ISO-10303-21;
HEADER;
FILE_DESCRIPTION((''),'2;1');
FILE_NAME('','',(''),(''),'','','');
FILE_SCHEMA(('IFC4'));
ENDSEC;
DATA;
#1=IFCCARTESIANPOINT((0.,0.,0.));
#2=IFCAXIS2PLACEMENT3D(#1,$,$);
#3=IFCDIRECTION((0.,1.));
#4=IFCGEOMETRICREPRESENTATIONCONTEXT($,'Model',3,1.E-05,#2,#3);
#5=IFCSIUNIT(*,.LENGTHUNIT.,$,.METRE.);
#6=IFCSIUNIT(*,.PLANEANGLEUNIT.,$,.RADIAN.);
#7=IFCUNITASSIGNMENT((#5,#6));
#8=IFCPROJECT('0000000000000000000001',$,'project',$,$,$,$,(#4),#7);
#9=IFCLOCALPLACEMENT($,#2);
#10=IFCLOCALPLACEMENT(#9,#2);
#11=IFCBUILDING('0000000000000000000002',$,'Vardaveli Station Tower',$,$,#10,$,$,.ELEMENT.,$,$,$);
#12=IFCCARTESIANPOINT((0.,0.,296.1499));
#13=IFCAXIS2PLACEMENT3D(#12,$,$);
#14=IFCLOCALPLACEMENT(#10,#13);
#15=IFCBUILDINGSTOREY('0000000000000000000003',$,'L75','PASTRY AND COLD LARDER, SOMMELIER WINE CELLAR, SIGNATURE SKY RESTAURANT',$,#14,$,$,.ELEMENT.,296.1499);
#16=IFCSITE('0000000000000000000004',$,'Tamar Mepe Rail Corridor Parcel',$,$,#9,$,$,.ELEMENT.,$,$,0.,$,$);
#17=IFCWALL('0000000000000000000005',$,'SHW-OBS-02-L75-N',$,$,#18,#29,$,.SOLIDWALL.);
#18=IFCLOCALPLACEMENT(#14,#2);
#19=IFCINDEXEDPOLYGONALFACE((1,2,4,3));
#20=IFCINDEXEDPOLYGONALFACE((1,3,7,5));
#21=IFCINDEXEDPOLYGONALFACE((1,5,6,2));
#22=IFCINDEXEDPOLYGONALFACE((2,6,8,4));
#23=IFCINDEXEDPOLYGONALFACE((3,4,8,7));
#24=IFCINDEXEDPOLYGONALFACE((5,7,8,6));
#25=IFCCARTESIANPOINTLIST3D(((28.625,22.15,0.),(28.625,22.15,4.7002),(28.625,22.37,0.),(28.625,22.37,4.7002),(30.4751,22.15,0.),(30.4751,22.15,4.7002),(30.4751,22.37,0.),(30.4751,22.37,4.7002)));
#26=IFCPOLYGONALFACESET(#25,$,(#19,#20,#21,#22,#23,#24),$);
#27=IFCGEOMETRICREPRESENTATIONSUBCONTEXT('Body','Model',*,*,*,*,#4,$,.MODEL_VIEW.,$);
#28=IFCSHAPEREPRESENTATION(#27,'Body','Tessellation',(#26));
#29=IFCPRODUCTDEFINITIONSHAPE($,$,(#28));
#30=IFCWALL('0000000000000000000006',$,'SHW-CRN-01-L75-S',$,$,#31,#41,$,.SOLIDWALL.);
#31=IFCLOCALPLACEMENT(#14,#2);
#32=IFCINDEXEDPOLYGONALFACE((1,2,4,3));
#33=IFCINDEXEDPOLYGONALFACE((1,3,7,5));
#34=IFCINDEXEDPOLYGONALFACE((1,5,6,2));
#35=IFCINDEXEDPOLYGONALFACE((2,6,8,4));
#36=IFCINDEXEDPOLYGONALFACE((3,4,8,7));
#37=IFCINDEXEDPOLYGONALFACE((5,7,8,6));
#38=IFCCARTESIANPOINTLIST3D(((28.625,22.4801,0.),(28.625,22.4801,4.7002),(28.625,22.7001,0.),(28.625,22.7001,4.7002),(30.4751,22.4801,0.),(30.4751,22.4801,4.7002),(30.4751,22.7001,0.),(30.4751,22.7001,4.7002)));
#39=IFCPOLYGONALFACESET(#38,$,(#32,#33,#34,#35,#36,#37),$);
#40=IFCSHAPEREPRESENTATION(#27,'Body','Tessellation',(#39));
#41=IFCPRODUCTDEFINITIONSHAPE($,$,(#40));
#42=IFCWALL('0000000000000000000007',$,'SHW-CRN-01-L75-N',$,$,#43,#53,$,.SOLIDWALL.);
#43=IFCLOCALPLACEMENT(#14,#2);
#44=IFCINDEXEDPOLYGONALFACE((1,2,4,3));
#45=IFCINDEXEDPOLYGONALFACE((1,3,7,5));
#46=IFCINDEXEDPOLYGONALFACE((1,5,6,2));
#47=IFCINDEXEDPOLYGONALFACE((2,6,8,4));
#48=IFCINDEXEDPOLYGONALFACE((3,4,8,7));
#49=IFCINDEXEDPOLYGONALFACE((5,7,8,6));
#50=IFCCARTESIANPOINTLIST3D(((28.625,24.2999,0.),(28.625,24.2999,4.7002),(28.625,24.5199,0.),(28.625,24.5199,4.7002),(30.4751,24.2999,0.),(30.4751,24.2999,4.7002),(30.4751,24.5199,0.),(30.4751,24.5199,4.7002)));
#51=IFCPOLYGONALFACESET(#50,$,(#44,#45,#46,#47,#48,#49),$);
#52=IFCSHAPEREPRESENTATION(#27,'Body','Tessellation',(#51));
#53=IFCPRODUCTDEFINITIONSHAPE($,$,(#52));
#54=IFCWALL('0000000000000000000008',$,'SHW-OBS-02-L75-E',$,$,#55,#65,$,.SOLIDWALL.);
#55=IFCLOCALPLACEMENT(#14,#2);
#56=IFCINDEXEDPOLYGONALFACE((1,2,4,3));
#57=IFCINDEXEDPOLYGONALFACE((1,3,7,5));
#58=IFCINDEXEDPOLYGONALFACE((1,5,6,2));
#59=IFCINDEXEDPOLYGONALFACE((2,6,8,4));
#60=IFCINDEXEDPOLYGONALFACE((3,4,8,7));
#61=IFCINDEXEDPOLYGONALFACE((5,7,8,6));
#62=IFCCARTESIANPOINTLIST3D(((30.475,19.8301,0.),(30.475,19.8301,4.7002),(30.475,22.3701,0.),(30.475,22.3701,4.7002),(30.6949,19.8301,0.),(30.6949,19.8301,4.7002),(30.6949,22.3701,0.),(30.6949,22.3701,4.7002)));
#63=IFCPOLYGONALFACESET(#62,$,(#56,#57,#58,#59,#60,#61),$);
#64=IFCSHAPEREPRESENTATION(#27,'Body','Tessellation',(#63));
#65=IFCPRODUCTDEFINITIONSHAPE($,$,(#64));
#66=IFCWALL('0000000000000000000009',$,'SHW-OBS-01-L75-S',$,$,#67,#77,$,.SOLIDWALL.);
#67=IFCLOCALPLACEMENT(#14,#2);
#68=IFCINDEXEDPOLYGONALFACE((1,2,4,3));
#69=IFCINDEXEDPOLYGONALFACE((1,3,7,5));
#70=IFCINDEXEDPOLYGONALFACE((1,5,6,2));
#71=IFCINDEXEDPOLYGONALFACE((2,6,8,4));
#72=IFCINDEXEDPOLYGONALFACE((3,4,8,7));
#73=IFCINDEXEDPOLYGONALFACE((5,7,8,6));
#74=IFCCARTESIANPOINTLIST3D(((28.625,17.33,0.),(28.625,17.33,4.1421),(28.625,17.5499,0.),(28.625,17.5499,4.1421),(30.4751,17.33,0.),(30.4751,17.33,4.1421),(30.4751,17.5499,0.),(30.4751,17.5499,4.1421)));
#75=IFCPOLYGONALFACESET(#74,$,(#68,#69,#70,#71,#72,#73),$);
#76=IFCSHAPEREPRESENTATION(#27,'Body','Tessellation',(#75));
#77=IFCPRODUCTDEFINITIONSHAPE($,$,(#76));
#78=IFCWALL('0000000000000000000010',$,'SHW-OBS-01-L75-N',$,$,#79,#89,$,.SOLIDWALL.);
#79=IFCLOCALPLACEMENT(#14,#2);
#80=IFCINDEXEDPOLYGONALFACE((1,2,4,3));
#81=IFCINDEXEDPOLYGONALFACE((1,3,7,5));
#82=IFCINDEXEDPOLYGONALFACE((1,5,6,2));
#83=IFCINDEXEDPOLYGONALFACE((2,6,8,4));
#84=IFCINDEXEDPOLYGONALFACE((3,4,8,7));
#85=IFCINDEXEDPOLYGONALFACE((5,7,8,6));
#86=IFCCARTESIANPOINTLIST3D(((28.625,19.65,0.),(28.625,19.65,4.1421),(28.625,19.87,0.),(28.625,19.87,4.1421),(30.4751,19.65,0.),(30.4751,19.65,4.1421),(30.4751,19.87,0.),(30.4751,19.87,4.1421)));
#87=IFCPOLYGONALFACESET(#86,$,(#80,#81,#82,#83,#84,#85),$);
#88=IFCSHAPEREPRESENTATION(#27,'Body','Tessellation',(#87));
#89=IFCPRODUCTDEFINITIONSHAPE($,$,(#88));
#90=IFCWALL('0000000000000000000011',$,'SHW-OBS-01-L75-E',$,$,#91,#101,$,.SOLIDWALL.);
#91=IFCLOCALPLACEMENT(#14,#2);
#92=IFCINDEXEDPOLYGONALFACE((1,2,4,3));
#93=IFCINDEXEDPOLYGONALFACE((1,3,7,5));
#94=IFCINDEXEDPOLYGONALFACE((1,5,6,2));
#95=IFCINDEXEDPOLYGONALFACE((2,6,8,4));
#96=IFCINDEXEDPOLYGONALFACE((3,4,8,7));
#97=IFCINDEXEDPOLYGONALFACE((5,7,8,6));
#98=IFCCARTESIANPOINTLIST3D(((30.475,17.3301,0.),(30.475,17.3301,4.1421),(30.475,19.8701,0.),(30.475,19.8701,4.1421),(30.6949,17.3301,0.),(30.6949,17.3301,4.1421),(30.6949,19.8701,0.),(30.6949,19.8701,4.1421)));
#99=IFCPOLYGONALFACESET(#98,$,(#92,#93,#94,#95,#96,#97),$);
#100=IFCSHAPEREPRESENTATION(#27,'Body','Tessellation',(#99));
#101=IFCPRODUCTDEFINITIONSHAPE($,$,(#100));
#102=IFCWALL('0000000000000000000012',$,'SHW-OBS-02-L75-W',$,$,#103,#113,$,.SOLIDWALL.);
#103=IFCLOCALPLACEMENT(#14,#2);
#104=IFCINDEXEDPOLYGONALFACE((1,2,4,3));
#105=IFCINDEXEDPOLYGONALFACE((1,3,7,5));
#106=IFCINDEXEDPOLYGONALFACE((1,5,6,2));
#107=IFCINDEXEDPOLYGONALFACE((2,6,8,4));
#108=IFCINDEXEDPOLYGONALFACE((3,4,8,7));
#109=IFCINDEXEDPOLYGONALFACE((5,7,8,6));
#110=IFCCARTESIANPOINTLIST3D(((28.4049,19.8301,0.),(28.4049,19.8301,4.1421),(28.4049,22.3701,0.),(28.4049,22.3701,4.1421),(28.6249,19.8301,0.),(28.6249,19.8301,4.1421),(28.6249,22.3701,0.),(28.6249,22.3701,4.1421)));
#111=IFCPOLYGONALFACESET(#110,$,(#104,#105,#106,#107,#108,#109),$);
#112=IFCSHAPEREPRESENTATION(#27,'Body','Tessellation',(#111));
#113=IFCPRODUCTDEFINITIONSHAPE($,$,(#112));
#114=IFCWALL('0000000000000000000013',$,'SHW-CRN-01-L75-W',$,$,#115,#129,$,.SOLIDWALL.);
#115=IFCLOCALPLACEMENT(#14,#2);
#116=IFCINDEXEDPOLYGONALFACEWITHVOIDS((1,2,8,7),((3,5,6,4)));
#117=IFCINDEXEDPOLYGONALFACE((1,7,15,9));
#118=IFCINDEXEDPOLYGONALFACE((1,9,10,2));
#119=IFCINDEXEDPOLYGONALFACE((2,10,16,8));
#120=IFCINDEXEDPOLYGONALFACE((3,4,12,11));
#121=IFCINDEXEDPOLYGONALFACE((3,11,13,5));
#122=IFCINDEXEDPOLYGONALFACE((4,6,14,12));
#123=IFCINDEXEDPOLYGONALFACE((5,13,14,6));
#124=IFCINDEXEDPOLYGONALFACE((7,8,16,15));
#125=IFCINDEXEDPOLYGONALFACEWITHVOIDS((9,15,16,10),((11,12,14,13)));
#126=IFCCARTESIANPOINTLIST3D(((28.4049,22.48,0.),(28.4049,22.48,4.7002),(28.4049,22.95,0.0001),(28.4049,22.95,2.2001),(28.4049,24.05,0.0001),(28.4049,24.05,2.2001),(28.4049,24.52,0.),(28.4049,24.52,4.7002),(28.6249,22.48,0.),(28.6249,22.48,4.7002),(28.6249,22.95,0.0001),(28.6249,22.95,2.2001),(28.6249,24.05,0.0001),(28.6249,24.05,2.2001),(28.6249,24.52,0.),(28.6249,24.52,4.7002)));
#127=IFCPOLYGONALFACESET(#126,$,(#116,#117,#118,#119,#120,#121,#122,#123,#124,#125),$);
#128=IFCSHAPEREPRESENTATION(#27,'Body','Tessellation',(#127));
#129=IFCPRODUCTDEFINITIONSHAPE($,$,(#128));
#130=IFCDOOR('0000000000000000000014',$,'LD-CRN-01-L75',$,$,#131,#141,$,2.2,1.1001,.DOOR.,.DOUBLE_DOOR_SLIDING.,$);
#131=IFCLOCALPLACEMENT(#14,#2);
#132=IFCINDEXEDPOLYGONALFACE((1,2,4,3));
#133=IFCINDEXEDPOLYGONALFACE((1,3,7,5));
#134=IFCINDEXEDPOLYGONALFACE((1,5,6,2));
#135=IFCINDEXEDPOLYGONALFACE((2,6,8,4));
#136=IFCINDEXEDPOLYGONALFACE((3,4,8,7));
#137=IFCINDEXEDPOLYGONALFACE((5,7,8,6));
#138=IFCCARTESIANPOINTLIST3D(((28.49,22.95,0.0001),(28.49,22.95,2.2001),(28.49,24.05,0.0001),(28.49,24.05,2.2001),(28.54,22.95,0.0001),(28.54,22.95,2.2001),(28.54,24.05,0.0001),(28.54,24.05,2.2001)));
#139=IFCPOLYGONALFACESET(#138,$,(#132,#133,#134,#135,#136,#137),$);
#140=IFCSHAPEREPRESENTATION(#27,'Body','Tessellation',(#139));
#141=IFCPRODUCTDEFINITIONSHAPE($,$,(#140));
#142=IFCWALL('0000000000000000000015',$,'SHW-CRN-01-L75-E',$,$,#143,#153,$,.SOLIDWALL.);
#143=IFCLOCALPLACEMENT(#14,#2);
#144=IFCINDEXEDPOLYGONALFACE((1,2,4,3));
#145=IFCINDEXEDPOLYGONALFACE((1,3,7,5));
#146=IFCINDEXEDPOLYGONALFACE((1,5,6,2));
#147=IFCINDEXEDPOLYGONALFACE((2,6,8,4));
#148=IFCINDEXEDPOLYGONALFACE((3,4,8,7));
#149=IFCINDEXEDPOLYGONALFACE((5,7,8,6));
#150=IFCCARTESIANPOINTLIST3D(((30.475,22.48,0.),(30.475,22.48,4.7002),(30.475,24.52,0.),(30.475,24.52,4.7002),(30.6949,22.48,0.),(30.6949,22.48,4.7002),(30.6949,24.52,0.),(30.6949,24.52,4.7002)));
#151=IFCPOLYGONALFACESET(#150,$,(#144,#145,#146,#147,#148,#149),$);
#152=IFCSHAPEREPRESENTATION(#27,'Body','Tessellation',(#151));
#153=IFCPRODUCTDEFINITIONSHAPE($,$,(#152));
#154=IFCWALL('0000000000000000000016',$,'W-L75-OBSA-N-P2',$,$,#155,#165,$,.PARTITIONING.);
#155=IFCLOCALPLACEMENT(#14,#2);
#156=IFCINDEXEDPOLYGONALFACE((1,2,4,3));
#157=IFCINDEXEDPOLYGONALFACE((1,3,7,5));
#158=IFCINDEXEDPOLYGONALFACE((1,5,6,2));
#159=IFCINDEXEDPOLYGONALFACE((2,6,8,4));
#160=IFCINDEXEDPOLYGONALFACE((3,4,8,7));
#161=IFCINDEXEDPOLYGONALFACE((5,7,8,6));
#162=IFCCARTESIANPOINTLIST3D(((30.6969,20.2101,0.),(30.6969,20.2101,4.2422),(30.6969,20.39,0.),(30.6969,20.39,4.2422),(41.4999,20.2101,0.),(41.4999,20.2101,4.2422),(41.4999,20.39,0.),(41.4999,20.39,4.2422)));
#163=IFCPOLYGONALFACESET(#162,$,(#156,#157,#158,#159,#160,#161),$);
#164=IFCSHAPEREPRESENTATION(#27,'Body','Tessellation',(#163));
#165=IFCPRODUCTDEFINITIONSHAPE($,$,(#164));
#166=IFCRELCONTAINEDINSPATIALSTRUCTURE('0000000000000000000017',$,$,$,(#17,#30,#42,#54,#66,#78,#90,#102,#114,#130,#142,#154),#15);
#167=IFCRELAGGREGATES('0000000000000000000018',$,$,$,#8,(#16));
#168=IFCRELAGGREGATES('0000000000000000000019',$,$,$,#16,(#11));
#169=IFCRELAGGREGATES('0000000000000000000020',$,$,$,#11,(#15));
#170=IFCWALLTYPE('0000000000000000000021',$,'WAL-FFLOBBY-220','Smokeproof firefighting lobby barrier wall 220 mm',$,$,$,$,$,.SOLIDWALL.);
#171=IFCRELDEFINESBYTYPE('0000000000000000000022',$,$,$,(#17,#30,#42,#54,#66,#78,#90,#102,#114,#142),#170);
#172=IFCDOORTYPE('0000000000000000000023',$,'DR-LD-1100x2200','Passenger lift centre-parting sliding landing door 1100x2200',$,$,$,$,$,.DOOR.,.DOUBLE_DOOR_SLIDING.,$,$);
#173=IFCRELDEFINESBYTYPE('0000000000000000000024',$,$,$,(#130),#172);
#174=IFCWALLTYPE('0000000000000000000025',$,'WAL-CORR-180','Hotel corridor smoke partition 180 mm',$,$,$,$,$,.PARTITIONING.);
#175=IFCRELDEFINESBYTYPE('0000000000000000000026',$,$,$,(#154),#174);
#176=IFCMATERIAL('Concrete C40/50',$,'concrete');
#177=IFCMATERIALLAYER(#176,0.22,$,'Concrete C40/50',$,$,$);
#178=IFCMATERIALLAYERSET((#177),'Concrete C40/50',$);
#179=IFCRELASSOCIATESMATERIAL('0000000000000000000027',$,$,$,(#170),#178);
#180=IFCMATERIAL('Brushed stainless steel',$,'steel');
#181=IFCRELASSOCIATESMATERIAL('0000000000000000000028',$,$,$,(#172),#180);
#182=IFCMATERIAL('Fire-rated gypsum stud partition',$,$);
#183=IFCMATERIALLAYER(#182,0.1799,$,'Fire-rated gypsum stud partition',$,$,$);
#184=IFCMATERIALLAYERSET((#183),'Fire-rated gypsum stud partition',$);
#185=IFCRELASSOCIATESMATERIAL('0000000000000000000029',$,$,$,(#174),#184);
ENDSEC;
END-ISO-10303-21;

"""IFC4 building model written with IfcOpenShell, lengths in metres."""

from ifc_helpers import new_model, si_unit, direction, frame, frame_2d, origin, place, context, subcontext, project, spatial, rectangle, extrude, source, transform, mapped, material, layer, layer_set, type_object, element, fill, save


model = new_model("IFC4")

# Units and contexts
model_context = context("Model", 3, precision=1e-05, world=origin(), true_north=direction((0.0, 1.0)))
body_context = subcontext(model_context, "Body", "Model", "MODEL_VIEW")
ifc_project = project(units=[si_unit("LENGTHUNIT", "METRE"), si_unit("PLANEANGLEUNIT", "RADIAN")], contexts=[model_context])

# Site, building, storey
site_placement = place(None, origin())
site = spatial("IfcSite", under=ifc_project, at=site_placement, Name="Tamar Mepe Rail Corridor Parcel", CompositionType="ELEMENT", RefElevation=0.0)
building_placement = place(site_placement, origin())
building = spatial("IfcBuilding", under=site, at=building_placement, Name="Vardaveli Station Tower", CompositionType="ELEMENT")
storey_placement = place(building_placement, frame((0.0, 0.0, 296.1499)))
storey = spatial("IfcBuildingStorey", under=building, at=storey_placement, Name="L75", Description="PASTRY AND COLD LARDER, SOMMELIER WINE CELLAR, SIGNATURE SKY RESTAURANT", CompositionType="ELEMENT", Elevation=296.1499)

# Walls
ifc_material_1 = material(Name="Concrete C40/50", Category="concrete")
ifc_layer_1 = layer(ifc_material_1, 0.22, Name="Concrete C40/50")
ifc_layer_set_1 = layer_set([ifc_layer_1], Name="Concrete C40/50")
wall_type_1 = type_object("IfcWallType", Name="WAL-FFLOBBY-220", Description="Smokeproof firefighting lobby barrier wall 220 mm", PredefinedType="SOLIDWALL", material=ifc_layer_set_1)
shared_shape_1 = source(origin(), body_context, "Body", "SweptSolid", [
    extrude(rectangle(XDim=1.8501, YDim=0.22, at=frame_2d((0.925, 0.0))), origin(), (0.0, 0.0, 1.0), 4.7002),
])
for number, where, z_axis, x_axis, name in (
    (1, (28.625, 22.26, 0.0), (0.0, 0.0, 1.0), (1.0, 0.0, 0.0), "SHW-OBS-02-L75-N"),
    (2, (28.625, 22.5901, 0.0), (0.0, 0.0, 1.0), (1.0, 0.0, 0.0), "SHW-CRN-01-L75-S"),
    (3, (28.625, 24.4099, 0.0), (0.0, 0.0, 1.0), (1.0, 0.0, 0.0), "SHW-CRN-01-L75-N"),
):
    element("IfcWall", number, at=place(storey_placement, frame(where, z_axis=z_axis, x_axis=x_axis)), inside=storey, type_object=wall_type_1, Name=name, PredefinedType="SOLIDWALL", context=body_context, shape_type="MappedRepresentation", body=[
        mapped(shared_shape_1, transform((0.0, 0.0, 0.0), scale=1.0)),
    ])
shared_shape_2 = source(origin(), body_context, "Body", "SweptSolid", [
    extrude(rectangle(XDim=2.54, YDim=0.22, at=frame_2d((1.27, 0.0))), origin(), (0.0, 0.0, 1.0), 4.7002),
])
wall_1_placement = place(storey_placement, frame((30.585, 19.8301, 0.0), z_axis=(0.0, 0.0, 1.0), x_axis=(0.0, 1.0, 0.0)))
element("IfcWall", 4, at=wall_1_placement, inside=storey, type_object=wall_type_1, Name="SHW-OBS-02-L75-E", PredefinedType="SOLIDWALL", context=body_context, shape_type="MappedRepresentation", body=[
    mapped(shared_shape_2, transform((0.0, 0.0, 0.0), scale=1.0)),
])
shared_shape_3 = source(origin(), body_context, "Body", "SweptSolid", [
    extrude(rectangle(XDim=1.8501, YDim=0.22, at=frame_2d((0.925, 0.0))), origin(), (0.0, 0.0, 1.0), 4.1421),
])
for number, where, z_axis, x_axis, name in (
    (5, (28.625, 17.4399, 0.0), (0.0, 0.0, 1.0), (1.0, 0.0, 0.0), "SHW-OBS-01-L75-S"),
    (6, (28.625, 19.76, 0.0), (0.0, 0.0, 1.0), (1.0, 0.0, 0.0), "SHW-OBS-01-L75-N"),
):
    element("IfcWall", number, at=place(storey_placement, frame(where, z_axis=z_axis, x_axis=x_axis)), inside=storey, type_object=wall_type_1, Name=name, PredefinedType="SOLIDWALL", context=body_context, shape_type="MappedRepresentation", body=[
        mapped(shared_shape_3, transform((0.0, 0.0, 0.0), scale=1.0)),
    ])
shared_shape_4 = source(origin(), body_context, "Body", "SweptSolid", [
    extrude(rectangle(XDim=2.54, YDim=0.22, at=frame_2d((1.27, 0.0))), origin(), (0.0, 0.0, 1.0), 4.1421),
])
for number, where, z_axis, x_axis, name in (
    (7, (30.585, 17.3301, 0.0), (0.0, 0.0, 1.0), (0.0, 1.0, 0.0), "SHW-OBS-01-L75-E"),
    (8, (28.5149, 19.8301, 0.0), (0.0, 0.0, 1.0), (0.0, 1.0, 0.0), "SHW-OBS-02-L75-W"),
):
    element("IfcWall", number, at=place(storey_placement, frame(where, z_axis=z_axis, x_axis=x_axis)), inside=storey, type_object=wall_type_1, Name=name, PredefinedType="SOLIDWALL", context=body_context, shape_type="MappedRepresentation", body=[
        mapped(shared_shape_4, transform((0.0, 0.0, 0.0), scale=1.0)),
    ])

# Wall, opening, door
shared_shape_5 = source(origin(), body_context, "Body", "SweptSolid", [
    extrude(rectangle(XDim=2.04, YDim=0.22, at=frame_2d((1.02, 0.0))), origin(), (0.0, 0.0, 1.0), 4.7002),
])
wall_2_placement = place(storey_placement, frame((28.5149, 22.48, 0.0), z_axis=(0.0, 0.0, 1.0), x_axis=(0.0, 1.0, 0.0)))
wall_2 = element("IfcWall", 9, at=wall_2_placement, inside=storey, type_object=wall_type_1, Name="SHW-CRN-01-L75-W", PredefinedType="SOLIDWALL", context=body_context, shape_type="MappedRepresentation", body=[
    mapped(shared_shape_5, transform((0.0, 0.0, 0.0), scale=1.0)),
])
shared_shape_6 = source(origin(), body_context, "Body", "SweptSolid", [
    extrude(rectangle(XDim=1.1001, YDim=2.2, at=frame_2d((0.55, 1.1001))), frame((0.0, 0.1201, 0.0), z_axis=(0.0, -1.0, 0.0), x_axis=(1.0, 0.0, 0.0)), (0.0, 0.0, 1.0), 0.24),
])
opening_1_placement = place(wall_2_placement, frame((0.47, 0.0, 0.0)))
opening_1 = element("IfcOpeningElement", 10, at=opening_1_placement, cuts=wall_2, PredefinedType="OPENING", context=body_context, shape_type="MappedRepresentation", body=[
    mapped(shared_shape_6, transform((0.0, 0.0, 0.0), scale=1.0)),
])
ifc_material_2 = material(Name="Brushed stainless steel", Category="steel")
door_type_1 = type_object("IfcDoorType", Name="DR-LD-1100x2200", Description="Passenger lift centre-parting sliding landing door 1100x2200", OperationType="DOUBLE_DOOR_SLIDING", PredefinedType="DOOR", material=ifc_material_2)
shared_shape_7 = source(origin(), body_context, "Body", "SweptSolid", [
    extrude(rectangle(XDim=1.1001, YDim=2.2, at=frame_2d((0.55, 1.1001))), frame((0.0, 0.0249, 0.0), z_axis=(0.0, -1.0, 0.0), x_axis=(1.0, 0.0, 0.0)), (0.0, 0.0, 1.0), 0.05),
])
door_1_placement = place(opening_1_placement, origin())
door_1 = element("IfcDoor", 11, at=door_1_placement, inside=storey, type_object=door_type_1, Name="LD-CRN-01-L75", OperationType="DOUBLE_DOOR_SLIDING", OverallHeight=2.2, OverallWidth=1.1001, PredefinedType="DOOR", context=body_context, shape_type="MappedRepresentation", body=[
    mapped(shared_shape_7, transform((0.0, 0.0, 0.0), scale=1.0)),
])
fill(opening_1, door_1)

# Walls
wall_3_placement = place(storey_placement, frame((30.585, 22.48, 0.0), z_axis=(0.0, 0.0, 1.0), x_axis=(0.0, 1.0, 0.0)))
element("IfcWall", 12, at=wall_3_placement, inside=storey, type_object=wall_type_1, Name="SHW-CRN-01-L75-E", PredefinedType="SOLIDWALL", context=body_context, shape_type="MappedRepresentation", body=[
    mapped(shared_shape_5, transform((0.0, 0.0, 0.0), scale=1.0)),
])
ifc_material_3 = material(Name="Fire-rated gypsum stud partition")
ifc_layer_2 = layer(ifc_material_3, 0.1799, Name="Fire-rated gypsum stud partition")
ifc_layer_set_2 = layer_set([ifc_layer_2], Name="Fire-rated gypsum stud partition")
wall_type_2 = type_object("IfcWallType", Name="WAL-CORR-180", Description="Hotel corridor smoke partition 180 mm", PredefinedType="PARTITIONING", material=ifc_layer_set_2)
shared_shape_8 = source(origin(), body_context, "Body", "SweptSolid", [
    extrude(rectangle(XDim=10.803, YDim=0.1799, at=frame_2d((5.4014, 0.0))), origin(), (0.0, 0.0, 1.0), 4.2422),
])
wall_4_placement = place(storey_placement, frame((30.697, 20.3, 0.0), z_axis=(0.0, 0.0, 1.0), x_axis=(1.0, 0.0, 0.0)))
element("IfcWall", 13, at=wall_4_placement, inside=storey, type_object=wall_type_2, Name="W-L75-OBSA-N-P2", PredefinedType="PARTITIONING", context=body_context, shape_type="MappedRepresentation", body=[
    mapped(shared_shape_8, transform((0.0, 0.0, 0.0), scale=1.0)),
])

save(model, "model.ifc")
